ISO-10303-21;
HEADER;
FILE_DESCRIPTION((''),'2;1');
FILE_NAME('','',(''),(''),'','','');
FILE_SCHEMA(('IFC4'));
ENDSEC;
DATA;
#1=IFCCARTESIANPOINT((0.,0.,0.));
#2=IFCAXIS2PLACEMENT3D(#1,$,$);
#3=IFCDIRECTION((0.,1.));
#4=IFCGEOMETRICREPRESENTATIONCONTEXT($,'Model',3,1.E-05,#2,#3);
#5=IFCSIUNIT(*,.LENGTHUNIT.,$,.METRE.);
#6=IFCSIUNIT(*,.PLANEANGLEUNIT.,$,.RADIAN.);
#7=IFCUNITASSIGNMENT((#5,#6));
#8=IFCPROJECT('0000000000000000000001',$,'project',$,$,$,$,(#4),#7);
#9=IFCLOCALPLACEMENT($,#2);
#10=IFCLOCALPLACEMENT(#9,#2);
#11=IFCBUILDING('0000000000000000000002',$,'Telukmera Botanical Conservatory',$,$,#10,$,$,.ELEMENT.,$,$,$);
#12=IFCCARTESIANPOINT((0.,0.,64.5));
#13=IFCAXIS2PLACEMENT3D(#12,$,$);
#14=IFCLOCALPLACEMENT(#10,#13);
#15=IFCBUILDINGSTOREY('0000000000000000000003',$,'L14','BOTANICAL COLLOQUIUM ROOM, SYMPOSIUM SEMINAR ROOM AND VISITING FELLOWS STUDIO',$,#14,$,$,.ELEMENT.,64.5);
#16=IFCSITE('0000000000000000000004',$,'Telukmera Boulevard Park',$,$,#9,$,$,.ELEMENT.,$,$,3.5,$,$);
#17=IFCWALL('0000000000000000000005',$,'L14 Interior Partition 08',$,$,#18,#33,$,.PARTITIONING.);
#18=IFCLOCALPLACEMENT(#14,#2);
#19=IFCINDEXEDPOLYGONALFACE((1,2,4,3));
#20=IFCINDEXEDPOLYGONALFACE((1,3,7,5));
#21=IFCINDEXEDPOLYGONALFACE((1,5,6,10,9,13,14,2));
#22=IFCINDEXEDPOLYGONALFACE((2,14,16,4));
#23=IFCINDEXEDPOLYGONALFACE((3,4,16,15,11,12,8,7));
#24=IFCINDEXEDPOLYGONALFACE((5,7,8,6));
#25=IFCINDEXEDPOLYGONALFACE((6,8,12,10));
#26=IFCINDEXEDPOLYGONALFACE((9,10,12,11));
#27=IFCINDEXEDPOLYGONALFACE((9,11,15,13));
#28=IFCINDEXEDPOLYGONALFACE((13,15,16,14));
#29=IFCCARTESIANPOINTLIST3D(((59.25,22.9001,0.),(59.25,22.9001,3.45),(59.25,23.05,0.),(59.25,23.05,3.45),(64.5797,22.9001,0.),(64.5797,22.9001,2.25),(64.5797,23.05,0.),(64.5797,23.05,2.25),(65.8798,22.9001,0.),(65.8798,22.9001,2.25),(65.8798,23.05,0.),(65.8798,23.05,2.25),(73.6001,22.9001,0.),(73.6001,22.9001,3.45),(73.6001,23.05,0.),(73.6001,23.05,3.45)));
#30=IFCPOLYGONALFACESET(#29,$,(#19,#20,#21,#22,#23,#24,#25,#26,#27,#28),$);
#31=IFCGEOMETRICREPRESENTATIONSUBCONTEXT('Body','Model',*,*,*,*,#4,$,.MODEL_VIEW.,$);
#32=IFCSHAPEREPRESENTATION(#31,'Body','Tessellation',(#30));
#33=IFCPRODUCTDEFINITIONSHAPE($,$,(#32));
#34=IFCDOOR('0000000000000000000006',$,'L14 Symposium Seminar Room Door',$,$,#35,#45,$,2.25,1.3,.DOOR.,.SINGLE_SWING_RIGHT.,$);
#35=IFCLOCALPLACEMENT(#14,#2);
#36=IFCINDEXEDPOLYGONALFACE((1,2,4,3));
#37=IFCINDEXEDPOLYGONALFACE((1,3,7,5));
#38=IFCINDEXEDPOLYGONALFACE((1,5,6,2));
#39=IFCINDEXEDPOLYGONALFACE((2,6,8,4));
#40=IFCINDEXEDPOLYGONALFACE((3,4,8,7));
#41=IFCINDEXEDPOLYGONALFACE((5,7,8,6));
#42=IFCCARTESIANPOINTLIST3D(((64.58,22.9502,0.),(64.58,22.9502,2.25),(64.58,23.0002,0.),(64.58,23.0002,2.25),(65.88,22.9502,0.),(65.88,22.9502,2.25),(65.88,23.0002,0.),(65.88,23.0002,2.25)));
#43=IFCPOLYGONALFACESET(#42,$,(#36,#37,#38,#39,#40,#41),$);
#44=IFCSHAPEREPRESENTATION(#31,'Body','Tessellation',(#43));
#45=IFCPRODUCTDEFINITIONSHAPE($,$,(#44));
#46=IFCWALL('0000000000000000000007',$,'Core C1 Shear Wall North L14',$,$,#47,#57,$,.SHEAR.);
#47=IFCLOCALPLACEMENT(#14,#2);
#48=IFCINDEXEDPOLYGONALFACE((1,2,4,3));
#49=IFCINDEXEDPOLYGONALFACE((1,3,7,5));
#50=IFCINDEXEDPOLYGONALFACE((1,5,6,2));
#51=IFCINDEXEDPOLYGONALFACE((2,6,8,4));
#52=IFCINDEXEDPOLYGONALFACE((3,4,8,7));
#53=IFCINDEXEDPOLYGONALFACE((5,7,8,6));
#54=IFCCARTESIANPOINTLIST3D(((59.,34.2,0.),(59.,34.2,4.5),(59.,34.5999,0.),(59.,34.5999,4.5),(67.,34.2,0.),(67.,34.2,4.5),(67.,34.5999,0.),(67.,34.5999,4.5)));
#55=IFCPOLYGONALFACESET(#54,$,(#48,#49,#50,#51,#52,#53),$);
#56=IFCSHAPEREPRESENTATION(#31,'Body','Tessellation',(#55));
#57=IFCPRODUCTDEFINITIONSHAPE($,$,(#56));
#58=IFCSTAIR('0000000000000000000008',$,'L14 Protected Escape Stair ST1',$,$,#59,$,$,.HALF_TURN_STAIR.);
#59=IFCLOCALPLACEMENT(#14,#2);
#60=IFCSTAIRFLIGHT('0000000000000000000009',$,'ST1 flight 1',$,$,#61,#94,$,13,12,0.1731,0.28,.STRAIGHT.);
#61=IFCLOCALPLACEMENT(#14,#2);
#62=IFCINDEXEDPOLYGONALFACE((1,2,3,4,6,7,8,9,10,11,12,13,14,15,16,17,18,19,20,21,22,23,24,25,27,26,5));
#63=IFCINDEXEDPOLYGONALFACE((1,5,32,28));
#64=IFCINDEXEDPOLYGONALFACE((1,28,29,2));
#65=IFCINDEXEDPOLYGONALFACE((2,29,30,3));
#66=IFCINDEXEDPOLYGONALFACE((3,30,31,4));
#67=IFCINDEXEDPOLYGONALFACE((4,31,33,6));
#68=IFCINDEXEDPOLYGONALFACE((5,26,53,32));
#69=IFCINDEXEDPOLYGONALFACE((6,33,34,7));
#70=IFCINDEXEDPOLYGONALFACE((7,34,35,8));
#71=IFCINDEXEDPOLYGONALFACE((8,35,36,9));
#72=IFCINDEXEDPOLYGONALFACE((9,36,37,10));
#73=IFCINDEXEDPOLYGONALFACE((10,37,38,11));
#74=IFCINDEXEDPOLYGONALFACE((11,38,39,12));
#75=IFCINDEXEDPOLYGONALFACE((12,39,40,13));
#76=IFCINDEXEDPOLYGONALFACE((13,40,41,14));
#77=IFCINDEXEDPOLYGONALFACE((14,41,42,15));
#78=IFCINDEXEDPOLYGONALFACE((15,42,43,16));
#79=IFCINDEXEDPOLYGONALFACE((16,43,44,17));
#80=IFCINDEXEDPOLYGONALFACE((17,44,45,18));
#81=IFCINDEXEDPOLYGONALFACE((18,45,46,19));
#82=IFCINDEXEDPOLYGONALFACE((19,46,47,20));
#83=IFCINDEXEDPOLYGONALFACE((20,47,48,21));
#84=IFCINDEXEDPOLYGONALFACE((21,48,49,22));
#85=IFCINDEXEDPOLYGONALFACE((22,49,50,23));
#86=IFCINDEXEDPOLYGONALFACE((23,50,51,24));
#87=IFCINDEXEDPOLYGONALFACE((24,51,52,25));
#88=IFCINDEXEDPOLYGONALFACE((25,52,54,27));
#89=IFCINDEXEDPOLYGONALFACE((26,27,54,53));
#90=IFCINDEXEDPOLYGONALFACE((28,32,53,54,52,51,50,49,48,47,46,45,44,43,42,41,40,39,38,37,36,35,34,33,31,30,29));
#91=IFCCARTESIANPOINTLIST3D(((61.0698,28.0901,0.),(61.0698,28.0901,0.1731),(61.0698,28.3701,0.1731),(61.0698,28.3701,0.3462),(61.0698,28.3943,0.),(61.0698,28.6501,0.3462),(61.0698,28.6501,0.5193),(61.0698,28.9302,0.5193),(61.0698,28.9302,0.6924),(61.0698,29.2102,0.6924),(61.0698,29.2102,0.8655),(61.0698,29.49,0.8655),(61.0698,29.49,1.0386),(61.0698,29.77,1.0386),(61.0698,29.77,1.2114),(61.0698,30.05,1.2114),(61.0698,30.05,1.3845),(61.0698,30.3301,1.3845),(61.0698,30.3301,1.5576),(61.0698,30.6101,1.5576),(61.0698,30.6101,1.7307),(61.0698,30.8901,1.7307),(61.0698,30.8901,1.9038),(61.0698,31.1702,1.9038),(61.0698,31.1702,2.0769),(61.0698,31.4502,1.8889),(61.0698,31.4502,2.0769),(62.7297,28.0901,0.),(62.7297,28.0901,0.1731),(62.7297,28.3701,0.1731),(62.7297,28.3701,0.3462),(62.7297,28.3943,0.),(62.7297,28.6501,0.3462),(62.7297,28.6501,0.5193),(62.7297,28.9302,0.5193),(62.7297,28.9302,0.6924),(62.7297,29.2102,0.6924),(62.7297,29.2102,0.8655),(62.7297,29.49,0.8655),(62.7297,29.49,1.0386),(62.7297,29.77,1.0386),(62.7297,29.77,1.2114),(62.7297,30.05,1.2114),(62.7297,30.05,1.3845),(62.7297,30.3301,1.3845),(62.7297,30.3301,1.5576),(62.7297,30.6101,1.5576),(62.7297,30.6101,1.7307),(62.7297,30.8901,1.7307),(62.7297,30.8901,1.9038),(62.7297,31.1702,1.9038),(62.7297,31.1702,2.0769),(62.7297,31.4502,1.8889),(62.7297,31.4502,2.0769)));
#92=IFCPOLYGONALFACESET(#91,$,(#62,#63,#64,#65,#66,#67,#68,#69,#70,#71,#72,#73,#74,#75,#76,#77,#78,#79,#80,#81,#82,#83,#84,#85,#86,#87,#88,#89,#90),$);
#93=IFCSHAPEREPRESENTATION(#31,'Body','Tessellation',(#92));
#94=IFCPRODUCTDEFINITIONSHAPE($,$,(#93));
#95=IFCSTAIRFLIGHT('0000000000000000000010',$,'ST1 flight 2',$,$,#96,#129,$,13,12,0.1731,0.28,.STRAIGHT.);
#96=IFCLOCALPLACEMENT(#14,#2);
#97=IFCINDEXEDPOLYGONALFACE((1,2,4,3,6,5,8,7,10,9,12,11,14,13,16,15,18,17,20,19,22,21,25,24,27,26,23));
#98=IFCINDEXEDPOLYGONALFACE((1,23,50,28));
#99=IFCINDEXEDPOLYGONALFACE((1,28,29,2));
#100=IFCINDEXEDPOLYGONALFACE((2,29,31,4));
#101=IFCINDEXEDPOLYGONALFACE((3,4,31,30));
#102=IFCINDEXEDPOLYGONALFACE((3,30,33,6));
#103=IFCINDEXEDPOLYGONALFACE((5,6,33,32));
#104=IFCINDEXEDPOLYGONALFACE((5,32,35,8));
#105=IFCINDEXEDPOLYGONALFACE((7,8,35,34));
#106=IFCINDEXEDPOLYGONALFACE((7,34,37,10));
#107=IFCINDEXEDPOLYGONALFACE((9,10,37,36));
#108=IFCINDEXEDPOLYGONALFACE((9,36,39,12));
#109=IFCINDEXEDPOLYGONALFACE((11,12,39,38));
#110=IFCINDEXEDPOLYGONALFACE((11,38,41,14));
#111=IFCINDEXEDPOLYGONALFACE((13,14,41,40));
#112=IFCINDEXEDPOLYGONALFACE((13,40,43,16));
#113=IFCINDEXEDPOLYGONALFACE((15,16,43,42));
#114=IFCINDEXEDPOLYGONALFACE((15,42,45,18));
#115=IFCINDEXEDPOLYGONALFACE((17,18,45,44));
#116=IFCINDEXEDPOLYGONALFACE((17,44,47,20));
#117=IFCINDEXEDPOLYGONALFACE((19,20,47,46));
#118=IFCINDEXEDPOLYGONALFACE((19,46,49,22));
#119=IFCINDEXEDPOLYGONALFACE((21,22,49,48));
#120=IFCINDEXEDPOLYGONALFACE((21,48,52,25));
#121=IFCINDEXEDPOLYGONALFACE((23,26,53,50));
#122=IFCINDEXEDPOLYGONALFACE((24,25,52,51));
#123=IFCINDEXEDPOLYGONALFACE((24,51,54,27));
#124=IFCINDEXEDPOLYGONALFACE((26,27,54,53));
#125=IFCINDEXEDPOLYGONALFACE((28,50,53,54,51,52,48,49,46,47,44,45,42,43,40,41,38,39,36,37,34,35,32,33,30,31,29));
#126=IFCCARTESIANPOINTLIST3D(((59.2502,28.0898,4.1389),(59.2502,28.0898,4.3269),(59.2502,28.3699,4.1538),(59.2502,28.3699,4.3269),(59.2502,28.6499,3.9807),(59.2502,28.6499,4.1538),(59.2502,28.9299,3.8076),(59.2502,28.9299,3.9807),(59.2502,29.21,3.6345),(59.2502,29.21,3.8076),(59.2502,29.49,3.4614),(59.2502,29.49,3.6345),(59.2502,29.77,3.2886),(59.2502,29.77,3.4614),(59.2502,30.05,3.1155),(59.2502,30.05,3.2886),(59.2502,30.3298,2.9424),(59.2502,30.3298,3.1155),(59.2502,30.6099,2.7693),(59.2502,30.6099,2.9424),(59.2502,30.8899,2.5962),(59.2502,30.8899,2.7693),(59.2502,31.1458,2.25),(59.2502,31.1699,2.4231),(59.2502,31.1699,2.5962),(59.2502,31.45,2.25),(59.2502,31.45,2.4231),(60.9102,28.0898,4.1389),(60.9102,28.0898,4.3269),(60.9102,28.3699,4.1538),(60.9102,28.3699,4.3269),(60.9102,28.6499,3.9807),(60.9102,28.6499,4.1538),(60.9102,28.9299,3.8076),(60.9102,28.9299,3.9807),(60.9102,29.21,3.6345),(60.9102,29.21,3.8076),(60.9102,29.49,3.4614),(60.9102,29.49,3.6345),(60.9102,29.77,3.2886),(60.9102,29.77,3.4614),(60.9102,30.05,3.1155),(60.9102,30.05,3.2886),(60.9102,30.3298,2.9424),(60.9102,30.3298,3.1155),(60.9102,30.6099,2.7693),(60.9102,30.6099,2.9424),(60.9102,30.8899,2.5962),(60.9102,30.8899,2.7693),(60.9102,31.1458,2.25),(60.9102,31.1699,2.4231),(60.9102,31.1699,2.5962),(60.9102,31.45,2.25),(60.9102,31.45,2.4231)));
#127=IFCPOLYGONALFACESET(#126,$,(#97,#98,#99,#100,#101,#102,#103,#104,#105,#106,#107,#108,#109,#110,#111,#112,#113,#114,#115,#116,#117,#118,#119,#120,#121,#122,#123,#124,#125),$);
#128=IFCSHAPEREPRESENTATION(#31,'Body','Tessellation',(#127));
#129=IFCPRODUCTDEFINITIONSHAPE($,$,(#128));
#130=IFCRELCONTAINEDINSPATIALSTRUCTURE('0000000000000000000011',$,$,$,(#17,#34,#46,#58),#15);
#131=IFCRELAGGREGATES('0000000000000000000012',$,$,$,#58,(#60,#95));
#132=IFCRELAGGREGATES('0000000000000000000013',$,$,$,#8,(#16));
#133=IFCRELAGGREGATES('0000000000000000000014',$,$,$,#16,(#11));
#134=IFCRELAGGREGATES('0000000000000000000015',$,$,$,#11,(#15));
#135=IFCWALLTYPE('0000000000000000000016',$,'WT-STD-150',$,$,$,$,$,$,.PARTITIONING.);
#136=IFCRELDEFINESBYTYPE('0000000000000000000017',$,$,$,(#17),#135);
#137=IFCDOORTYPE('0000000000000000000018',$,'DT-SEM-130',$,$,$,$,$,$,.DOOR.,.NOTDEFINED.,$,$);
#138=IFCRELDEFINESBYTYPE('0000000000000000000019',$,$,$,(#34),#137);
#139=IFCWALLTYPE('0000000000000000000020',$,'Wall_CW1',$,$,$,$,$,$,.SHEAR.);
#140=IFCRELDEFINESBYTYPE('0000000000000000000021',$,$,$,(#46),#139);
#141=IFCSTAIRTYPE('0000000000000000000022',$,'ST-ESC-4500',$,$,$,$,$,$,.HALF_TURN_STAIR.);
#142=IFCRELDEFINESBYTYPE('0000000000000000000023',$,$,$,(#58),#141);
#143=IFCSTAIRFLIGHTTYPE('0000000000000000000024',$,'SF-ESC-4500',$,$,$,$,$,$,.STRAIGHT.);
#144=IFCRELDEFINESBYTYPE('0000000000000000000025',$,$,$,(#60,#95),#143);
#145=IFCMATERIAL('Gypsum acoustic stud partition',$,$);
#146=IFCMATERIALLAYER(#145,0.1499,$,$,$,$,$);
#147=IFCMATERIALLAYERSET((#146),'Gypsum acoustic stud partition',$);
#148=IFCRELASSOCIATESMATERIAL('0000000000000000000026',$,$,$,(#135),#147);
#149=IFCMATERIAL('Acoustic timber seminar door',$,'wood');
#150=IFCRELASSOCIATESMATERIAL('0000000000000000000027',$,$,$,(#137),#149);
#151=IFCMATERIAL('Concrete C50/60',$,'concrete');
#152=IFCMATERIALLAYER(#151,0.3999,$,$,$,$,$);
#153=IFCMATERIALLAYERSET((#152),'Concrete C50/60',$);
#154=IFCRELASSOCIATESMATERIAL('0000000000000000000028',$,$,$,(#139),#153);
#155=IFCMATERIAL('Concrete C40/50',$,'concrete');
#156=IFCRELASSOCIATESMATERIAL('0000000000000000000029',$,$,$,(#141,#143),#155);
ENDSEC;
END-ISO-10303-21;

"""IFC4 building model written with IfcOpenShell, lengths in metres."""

from ifc_helpers import new_model, si_unit, direction, frame, frame_2d, origin, place, context, subcontext, project, spatial, polyline, rectangle, outline, extrude, material, layer, layer_set, type_object, element, fill, aggregate, save


model = new_model("IFC4")

# Units and contexts
model_context = context("Model", 3, precision=1e-05, world=origin(), true_north=direction((0.0, 1.0)))
body_context = subcontext(model_context, "Body", "Model", "MODEL_VIEW")
ifc_project = project(units=[si_unit("LENGTHUNIT", "METRE"), si_unit("PLANEANGLEUNIT", "RADIAN")], contexts=[model_context])

# Site, building, storey
site_placement = place(None, origin())
site = spatial("IfcSite", under=ifc_project, at=site_placement, Name="Telukmera Boulevard Park", CompositionType="ELEMENT", RefElevation=3.5)
building_placement = place(site_placement, origin())
building = spatial("IfcBuilding", under=site, at=building_placement, Name="Telukmera Botanical Conservatory", CompositionType="ELEMENT")
storey_placement = place(building_placement, frame((0.0, 0.0, 64.5)))
storey = spatial("IfcBuildingStorey", under=building, at=storey_placement, Name="L14", Description="BOTANICAL COLLOQUIUM ROOM, SYMPOSIUM SEMINAR ROOM AND VISITING FELLOWS STUDIO", CompositionType="ELEMENT", Elevation=64.5)

# Shared definitions
ifc_material_1 = material(Name="Concrete C40/50", Category="concrete")

# Wall, opening, door
ifc_material_2 = material(Name="Gypsum acoustic stud partition")
ifc_layer_1 = layer(ifc_material_2, 0.1499)
ifc_layer_set_1 = layer_set([ifc_layer_1], Name="Gypsum acoustic stud partition")
wall_type_1 = type_object("IfcWallType", Name="WT-STD-150", PredefinedType="PARTITIONING", material=ifc_layer_set_1)
wall_1_placement = place(storey_placement, frame((59.25, 22.9751, 0.0), z_axis=(0.0, 0.0, 1.0), x_axis=(1.0, 0.0, 0.0)))
wall_1 = element("IfcWall", 1, at=wall_1_placement, inside=storey, type_object=wall_type_1, Name="L14 Interior Partition 08", PredefinedType="PARTITIONING", context=body_context, shape_type="SweptSolid", body=[
    extrude(rectangle(XDim=14.3501, YDim=0.1499, at=frame_2d((7.175, 0.0))), origin(), (0.0, 0.0, 1.0), 3.45),
])
opening_1_placement = place(wall_1_placement, frame((5.3298, 0.0, 0.0)))
opening_1 = element("IfcOpeningElement", 2, at=opening_1_placement, cuts=wall_1, PredefinedType="OPENING", context=body_context, shape_type="SweptSolid", body=[
    extrude(rectangle(XDim=1.3, YDim=2.25, at=frame_2d((0.6499, 1.125))), frame((0.0, 0.085, 0.0), z_axis=(0.0, -1.0, 0.0), x_axis=(1.0, 0.0, 0.0)), (0.0, 0.0, 1.0), 0.1699),
])
ifc_material_3 = material(Name="Acoustic timber seminar door", Category="wood")
door_type_1 = type_object("IfcDoorType", Name="DT-SEM-130", OperationType="NOTDEFINED", PredefinedType="DOOR", material=ifc_material_3)
door_1_placement = place(opening_1_placement, frame((1.3, 0.0, 0.0), z_axis=(0.0, 0.0, 1.0), x_axis=(-1.0, 0.0, 0.0)))
door_1 = element("IfcDoor", 3, at=door_1_placement, inside=storey, type_object=door_type_1, Name="L14 Symposium Seminar Room Door", OperationType="SINGLE_SWING_RIGHT", OverallHeight=2.25, OverallWidth=1.3, PredefinedType="DOOR", context=body_context, shape_type="SweptSolid", body=[
    extrude(rectangle(XDim=1.3, YDim=2.25, at=frame_2d((0.6499, 1.125))), frame((0.0, 0.0249, 0.0), z_axis=(0.0, -1.0, 0.0), x_axis=(1.0, 0.0, 0.0)), (0.0, 0.0, 1.0), 0.05),
])
fill(opening_1, door_1)

# Wall
ifc_material_4 = material(Name="Concrete C50/60", Category="concrete")
ifc_layer_2 = layer(ifc_material_4, 0.3999)
ifc_layer_set_2 = layer_set([ifc_layer_2], Name="Concrete C50/60")
wall_type_2 = type_object("IfcWallType", Name="Wall_CW1", PredefinedType="SHEAR", material=ifc_layer_set_2)
wall_2_placement = place(storey_placement, frame((59.0, 34.3999, 0.0), z_axis=(0.0, 0.0, 1.0), x_axis=(1.0, 0.0, 0.0)))
element("IfcWall", 4, at=wall_2_placement, inside=storey, type_object=wall_type_2, Name="Core C1 Shear Wall North L14", PredefinedType="SHEAR", context=body_context, shape_type="SweptSolid", body=[
    extrude(rectangle(XDim=8.0, YDim=0.3999, at=frame_2d((4.0, 0.0))), origin(), (0.0, 0.0, 1.0), 4.5),
])

# Stair, stair flights
stair_type = type_object("IfcStairType", Name="ST-ESC-4500", PredefinedType="HALF_TURN_STAIR", material=ifc_material_1)
stair_placement = place(storey_placement, origin())
stair = element("IfcStair", 5, at=stair_placement, inside=storey, type_object=stair_type, Name="L14 Protected Escape Stair ST1", PredefinedType="HALF_TURN_STAIR")
stair_flight_type = type_object("IfcStairFlightType", Name="SF-ESC-4500", PredefinedType="STRAIGHT", material=ifc_material_1)
stair_flight_1_placement = place(storey_placement, frame((61.8999, 28.0901, 0.0), z_axis=(0.0, 0.0, 1.0), x_axis=(0.0, 1.0, 0.0)))
stair_flight_1 = element("IfcStairFlight", 6, at=stair_flight_1_placement, type_object=stair_flight_type, Name="ST1 flight 1", NumberOfRisers=13, NumberOfTreads=12, PredefinedType="STRAIGHT", RiserHeight=0.1731, TreadLength=0.28, context=body_context, shape_type="SweptSolid", body=[
    extrude(outline(polyline([(0.0, 0.0), (0.0, 0.1731), (0.28, 0.1731), (0.28, 0.3462), (0.5601, 0.3462), (0.5601, 0.5193), (0.8401, 0.5193), (0.8401, 0.6924), (1.1201, 0.6924), (1.1201, 0.8655), (1.3999, 0.8655), (1.3999, 1.0386), (1.6799, 1.0386), (1.6799, 1.2114), (1.96, 1.2114), (1.96, 1.3845), (2.24, 1.3845), (2.24, 1.5576), (2.52, 1.5576), (2.52, 1.7307), (2.8, 1.7307), (2.8, 1.9038), (3.0801, 1.9038), (3.0801, 2.0769), (3.3601, 2.0769), (3.3601, 2.25), (3.3601, 1.8889), (0.3042, 0.0), (0.0, 0.0)])), frame((0.0, 0.8301, 0.0), z_axis=(0.0, -1.0, 0.0), x_axis=(1.0, 0.0, 0.0)), (0.0, 0.0, 1.0), 1.6599),
])
stair_flight_2_placement = place(storey_placement, frame((60.0801, 31.45, 2.25), z_axis=(0.0, 0.0, 1.0), x_axis=(0.0, -1.0, 0.0)))
stair_flight_2 = element("IfcStairFlight", 7, at=stair_flight_2_placement, type_object=stair_flight_type, Name="ST1 flight 2", NumberOfRisers=13, NumberOfTreads=12, PredefinedType="STRAIGHT", RiserHeight=0.1731, TreadLength=0.28, context=body_context, shape_type="SweptSolid", body=[
    extrude(outline(polyline([(0.0, 0.0), (0.0, 0.1731), (0.28, 0.1731), (0.28, 0.3462), (0.5601, 0.3462), (0.5601, 0.5193), (0.8401, 0.5193), (0.8401, 0.6924), (1.1201, 0.6924), (1.1201, 0.8655), (1.3999, 0.8655), (1.3999, 1.0386), (1.6799, 1.0386), (1.6799, 1.2114), (1.96, 1.2114), (1.96, 1.3845), (2.24, 1.3845), (2.24, 1.5576), (2.52, 1.5576), (2.52, 1.7307), (2.8, 1.7307), (2.8, 1.9038), (3.0801, 1.9038), (3.0801, 2.0769), (3.3601, 2.0769), (3.3601, 2.25), (3.3601, 1.8889), (0.3042, 0.0), (0.0, 0.0)])), frame((0.0, 0.8301, 0.0), z_axis=(0.0, -1.0, 0.0), x_axis=(1.0, 0.0, 0.0)), (0.0, 0.0, 1.0), 1.6599),
])
aggregate(stair, [stair_flight_1, stair_flight_2])

save(model, "model.ifc")
